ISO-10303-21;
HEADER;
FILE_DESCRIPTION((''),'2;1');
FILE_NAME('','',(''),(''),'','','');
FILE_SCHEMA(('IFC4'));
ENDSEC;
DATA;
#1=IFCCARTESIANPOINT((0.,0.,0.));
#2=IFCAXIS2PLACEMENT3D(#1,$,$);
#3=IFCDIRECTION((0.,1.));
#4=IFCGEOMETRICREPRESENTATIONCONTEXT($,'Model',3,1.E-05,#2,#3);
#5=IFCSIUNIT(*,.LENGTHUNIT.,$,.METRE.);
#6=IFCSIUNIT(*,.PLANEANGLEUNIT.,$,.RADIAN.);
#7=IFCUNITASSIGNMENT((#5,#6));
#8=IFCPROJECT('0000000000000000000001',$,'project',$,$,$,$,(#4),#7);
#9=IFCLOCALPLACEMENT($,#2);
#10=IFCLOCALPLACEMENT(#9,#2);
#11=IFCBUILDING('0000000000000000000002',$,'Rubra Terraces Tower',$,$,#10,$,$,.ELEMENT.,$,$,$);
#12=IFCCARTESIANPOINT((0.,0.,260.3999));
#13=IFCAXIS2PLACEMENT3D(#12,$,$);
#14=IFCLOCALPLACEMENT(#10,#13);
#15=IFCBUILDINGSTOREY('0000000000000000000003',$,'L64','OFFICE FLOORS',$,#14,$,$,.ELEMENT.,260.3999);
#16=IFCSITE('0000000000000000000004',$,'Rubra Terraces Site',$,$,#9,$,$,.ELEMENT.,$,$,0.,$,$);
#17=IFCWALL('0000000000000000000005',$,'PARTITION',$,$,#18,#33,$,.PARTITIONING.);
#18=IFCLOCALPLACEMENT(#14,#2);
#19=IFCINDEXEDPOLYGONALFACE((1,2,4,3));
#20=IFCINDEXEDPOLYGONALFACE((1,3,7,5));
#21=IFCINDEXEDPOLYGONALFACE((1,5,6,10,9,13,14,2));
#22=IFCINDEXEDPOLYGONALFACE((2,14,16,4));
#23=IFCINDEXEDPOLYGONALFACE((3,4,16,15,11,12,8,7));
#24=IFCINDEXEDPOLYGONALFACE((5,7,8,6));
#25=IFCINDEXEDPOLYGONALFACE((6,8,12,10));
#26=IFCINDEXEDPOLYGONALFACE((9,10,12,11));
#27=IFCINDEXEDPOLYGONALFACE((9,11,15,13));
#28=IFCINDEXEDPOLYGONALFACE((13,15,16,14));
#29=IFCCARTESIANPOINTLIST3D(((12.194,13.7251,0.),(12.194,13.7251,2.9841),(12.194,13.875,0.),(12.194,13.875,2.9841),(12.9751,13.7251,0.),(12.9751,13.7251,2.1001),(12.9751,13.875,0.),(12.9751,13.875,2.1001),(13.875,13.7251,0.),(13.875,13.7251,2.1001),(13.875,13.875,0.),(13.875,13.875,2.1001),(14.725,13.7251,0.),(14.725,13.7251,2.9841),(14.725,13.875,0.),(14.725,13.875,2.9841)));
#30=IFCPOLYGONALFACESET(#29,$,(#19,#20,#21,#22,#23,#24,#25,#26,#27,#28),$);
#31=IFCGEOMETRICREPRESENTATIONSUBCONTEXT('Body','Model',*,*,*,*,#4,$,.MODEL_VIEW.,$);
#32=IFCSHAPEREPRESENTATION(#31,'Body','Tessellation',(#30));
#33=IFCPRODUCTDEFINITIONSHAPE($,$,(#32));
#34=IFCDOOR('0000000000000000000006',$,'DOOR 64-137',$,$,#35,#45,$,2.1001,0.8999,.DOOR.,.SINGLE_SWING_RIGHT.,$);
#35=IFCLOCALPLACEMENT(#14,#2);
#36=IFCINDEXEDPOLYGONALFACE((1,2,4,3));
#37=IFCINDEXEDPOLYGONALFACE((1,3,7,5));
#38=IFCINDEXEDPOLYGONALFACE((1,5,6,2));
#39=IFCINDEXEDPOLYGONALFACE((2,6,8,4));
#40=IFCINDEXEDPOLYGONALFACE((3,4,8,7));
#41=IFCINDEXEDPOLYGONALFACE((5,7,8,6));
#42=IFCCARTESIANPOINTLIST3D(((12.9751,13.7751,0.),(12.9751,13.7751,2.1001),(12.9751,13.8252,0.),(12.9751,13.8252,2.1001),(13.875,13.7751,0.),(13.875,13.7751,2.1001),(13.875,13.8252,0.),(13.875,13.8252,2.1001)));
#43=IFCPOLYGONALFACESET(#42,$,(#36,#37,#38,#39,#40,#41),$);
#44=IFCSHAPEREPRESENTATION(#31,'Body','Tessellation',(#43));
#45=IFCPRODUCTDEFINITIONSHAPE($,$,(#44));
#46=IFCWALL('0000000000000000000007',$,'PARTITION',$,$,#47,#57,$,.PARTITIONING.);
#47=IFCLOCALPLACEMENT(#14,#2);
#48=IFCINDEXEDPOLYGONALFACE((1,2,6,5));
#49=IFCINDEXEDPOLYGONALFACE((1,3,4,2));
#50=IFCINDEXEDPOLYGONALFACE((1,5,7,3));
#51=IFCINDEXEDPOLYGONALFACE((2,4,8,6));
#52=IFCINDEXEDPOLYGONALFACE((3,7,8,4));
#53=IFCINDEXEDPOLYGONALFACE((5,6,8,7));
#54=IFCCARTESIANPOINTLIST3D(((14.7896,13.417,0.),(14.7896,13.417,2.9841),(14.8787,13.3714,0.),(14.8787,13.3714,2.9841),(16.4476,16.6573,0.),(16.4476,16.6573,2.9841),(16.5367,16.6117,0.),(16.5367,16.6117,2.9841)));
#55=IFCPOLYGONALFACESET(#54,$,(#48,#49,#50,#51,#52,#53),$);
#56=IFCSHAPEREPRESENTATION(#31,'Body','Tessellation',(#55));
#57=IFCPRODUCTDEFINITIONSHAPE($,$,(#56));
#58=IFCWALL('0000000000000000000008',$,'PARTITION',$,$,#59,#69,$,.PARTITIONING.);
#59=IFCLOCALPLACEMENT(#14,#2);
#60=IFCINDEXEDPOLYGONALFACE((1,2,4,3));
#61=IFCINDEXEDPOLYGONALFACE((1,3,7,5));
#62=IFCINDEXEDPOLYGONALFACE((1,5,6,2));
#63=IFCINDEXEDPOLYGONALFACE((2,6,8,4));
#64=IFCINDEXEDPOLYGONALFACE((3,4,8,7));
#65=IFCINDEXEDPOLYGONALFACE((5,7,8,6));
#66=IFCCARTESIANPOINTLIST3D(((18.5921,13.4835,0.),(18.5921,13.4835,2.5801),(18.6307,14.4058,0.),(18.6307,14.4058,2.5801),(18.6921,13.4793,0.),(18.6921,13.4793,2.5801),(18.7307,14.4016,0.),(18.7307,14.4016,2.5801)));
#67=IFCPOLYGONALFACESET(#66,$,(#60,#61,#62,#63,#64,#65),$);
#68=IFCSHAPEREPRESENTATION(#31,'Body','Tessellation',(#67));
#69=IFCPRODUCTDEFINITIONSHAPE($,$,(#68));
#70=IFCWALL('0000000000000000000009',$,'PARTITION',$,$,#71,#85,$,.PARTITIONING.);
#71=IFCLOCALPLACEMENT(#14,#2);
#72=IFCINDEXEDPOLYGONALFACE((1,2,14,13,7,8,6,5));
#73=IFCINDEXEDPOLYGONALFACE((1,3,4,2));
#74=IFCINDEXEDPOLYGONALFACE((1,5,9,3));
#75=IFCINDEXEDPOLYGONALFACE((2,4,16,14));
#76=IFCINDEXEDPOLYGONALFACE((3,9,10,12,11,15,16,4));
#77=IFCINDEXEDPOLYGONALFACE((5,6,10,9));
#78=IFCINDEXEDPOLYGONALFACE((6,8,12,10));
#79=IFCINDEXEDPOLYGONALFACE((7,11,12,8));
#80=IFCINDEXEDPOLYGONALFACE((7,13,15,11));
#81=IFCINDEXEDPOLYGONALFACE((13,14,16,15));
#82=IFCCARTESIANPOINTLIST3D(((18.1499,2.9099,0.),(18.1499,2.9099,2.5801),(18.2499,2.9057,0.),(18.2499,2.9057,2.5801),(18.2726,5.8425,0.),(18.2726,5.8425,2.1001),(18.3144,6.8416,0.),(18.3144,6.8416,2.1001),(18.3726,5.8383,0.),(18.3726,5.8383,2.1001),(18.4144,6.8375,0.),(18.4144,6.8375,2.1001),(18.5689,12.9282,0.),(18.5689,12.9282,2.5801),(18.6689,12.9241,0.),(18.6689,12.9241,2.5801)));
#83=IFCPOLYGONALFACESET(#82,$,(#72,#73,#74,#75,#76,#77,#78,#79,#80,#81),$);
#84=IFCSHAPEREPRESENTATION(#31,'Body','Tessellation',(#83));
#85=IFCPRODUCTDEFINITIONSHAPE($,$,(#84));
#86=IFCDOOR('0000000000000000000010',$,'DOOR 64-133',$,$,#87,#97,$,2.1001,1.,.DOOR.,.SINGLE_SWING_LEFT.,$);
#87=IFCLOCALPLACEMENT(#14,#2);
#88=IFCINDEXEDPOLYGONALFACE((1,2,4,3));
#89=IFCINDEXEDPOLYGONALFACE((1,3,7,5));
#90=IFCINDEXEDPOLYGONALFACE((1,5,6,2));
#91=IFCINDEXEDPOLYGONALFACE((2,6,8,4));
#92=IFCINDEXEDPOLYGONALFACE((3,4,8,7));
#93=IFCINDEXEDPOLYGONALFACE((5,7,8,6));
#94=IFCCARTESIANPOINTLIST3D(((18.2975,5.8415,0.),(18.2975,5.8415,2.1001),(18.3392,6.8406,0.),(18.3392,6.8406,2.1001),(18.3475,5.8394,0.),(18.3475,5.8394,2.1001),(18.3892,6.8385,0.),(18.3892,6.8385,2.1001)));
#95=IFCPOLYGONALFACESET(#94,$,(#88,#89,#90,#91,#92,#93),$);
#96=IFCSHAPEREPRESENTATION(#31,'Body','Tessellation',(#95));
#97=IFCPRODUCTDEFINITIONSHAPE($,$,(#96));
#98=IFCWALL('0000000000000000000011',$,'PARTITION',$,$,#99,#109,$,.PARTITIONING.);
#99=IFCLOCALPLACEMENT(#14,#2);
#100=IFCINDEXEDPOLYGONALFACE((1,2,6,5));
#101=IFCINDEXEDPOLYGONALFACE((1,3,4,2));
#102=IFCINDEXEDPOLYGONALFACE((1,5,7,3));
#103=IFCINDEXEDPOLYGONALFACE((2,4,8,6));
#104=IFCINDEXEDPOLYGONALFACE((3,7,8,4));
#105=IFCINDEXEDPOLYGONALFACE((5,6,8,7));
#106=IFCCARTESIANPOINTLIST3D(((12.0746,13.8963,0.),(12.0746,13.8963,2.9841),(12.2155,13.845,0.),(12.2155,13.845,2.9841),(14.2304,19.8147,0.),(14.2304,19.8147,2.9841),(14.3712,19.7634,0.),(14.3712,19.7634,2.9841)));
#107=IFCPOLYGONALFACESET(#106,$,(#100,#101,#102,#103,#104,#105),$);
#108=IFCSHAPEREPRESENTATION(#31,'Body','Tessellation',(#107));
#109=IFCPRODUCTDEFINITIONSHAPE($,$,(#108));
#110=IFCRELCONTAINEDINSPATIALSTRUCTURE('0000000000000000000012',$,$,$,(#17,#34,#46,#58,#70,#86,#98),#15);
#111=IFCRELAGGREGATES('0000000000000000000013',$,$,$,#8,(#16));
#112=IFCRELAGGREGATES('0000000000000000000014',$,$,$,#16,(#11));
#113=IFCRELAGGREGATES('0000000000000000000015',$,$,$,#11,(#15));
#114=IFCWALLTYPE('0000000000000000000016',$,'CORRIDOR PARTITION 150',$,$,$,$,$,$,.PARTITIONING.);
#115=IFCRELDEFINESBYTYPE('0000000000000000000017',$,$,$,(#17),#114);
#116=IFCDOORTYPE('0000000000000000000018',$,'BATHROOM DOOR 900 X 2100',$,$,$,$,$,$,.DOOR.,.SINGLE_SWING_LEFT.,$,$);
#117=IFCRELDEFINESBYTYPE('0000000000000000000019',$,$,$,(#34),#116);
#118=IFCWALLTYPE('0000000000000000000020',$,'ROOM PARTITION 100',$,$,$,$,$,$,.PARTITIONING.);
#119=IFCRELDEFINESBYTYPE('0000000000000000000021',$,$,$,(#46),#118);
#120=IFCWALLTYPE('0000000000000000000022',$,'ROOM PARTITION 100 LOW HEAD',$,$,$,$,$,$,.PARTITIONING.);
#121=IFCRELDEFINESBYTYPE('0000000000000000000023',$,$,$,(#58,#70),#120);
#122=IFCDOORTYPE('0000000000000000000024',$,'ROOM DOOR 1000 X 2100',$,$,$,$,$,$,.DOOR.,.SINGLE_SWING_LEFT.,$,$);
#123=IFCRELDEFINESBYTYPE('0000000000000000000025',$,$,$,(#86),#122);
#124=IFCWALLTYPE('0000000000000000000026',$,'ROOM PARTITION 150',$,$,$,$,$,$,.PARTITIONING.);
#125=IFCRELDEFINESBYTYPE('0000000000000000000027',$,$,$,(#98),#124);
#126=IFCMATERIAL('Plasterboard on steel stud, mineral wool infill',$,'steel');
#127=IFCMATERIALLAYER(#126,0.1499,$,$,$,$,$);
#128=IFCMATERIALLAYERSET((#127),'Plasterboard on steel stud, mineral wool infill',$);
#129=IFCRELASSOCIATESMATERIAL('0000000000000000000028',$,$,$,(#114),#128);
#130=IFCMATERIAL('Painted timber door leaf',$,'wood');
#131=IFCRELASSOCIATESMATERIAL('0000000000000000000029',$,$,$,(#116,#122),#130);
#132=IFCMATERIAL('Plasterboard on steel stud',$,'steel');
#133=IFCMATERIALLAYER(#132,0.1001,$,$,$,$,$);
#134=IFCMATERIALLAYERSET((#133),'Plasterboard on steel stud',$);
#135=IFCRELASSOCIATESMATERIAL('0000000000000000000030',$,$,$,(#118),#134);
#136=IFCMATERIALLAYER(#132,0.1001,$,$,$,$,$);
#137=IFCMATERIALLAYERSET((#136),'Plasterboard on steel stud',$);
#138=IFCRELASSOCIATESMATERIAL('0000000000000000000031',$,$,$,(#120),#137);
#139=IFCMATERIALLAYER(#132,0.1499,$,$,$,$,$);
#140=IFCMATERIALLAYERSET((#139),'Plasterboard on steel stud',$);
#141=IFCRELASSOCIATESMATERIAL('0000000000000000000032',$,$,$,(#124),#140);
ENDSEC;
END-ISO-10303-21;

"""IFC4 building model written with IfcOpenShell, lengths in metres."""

from ifc_helpers import new_model, si_unit, direction, frame, frame_2d, origin, place, context, subcontext, project, spatial, rectangle, extrude, material, layer, layer_set, type_object, element, fill, save


model = new_model("IFC4")

# Units and contexts
model_context = context("Model", 3, precision=1e-05, world=origin(), true_north=direction((0.0, 1.0)))
body_context = subcontext(model_context, "Body", "Model", "MODEL_VIEW")
ifc_project = project(units=[si_unit("LENGTHUNIT", "METRE"), si_unit("PLANEANGLEUNIT", "RADIAN")], contexts=[model_context])

# Site, building, storey
site_placement = place(None, origin())
site = spatial("IfcSite", under=ifc_project, at=site_placement, Name="Rubra Terraces Site", CompositionType="ELEMENT", RefElevation=0.0)
building_placement = place(site_placement, origin())
building = spatial("IfcBuilding", under=site, at=building_placement, Name="Rubra Terraces Tower", CompositionType="ELEMENT")
storey_placement = place(building_placement, frame((0.0, 0.0, 260.3999)))
storey = spatial("IfcBuildingStorey", under=building, at=storey_placement, Name="L64", Description="OFFICE FLOORS", CompositionType="ELEMENT", Elevation=260.3999)

# Wall, opening, door
ifc_material_1 = material(Name="Plasterboard on steel stud, mineral wool infill", Category="steel")
ifc_layer_1 = layer(ifc_material_1, 0.1499)
ifc_layer_set_1 = layer_set([ifc_layer_1], Name="Plasterboard on steel stud, mineral wool infill")
wall_type_1 = type_object("IfcWallType", Name="CORRIDOR PARTITION 150", PredefinedType="PARTITIONING", material=ifc_layer_set_1)
wall_1_placement = place(storey_placement, frame((14.7251, 13.8, 0.0), z_axis=(0.0, 0.0, 1.0), x_axis=(-1.0, 0.0, 0.0)))
wall_1 = element("IfcWall", 1, at=wall_1_placement, inside=storey, type_object=wall_type_1, Name="PARTITION", PredefinedType="PARTITIONING", context=body_context, shape_type="SweptSolid", body=[
    extrude(rectangle(XDim=2.531, YDim=0.1499, at=frame_2d((1.2656, 0.0))), origin(), (0.0, 0.0, 1.0), 2.9841),
])
opening_1_placement = place(wall_1_placement, frame((0.8501, 0.0, 0.0)))
opening_1 = element("IfcOpeningElement", 2, at=opening_1_placement, cuts=wall_1, PredefinedType="OPENING", context=body_context, shape_type="SweptSolid", body=[
    extrude(rectangle(XDim=0.8999, YDim=2.1001, at=frame_2d((0.45, 1.05))), frame((0.0, 0.085, 0.0), z_axis=(0.0, -1.0, 0.0), x_axis=(1.0, 0.0, 0.0)), (0.0, 0.0, 1.0), 0.1699),
])
ifc_material_2 = material(Name="Painted timber door leaf", Category="wood")
door_type_1 = type_object("IfcDoorType", Name="BATHROOM DOOR 900 X 2100", OperationType="SINGLE_SWING_LEFT", PredefinedType="DOOR", material=ifc_material_2)
door_1_placement = place(opening_1_placement, origin())
door_1 = element("IfcDoor", 3, at=door_1_placement, inside=storey, type_object=door_type_1, Name="DOOR 64-137", OperationType="SINGLE_SWING_RIGHT", OverallHeight=2.1001, OverallWidth=0.8999, PredefinedType="DOOR", context=body_context, shape_type="SweptSolid", body=[
    extrude(rectangle(XDim=0.8999, YDim=2.1001, at=frame_2d((0.45, 1.05))), frame((0.0, 0.0249, 0.0), z_axis=(0.0, -1.0, 0.0), x_axis=(1.0, 0.0, 0.0)), (0.0, 0.0, 1.0), 0.05),
])
fill(opening_1, door_1)

# Walls
ifc_material_3 = material(Name="Plasterboard on steel stud", Category="steel")
ifc_layer_2 = layer(ifc_material_3, 0.1001)
ifc_layer_set_2 = layer_set([ifc_layer_2], Name="Plasterboard on steel stud")
wall_type_2 = type_object("IfcWallType", Name="ROOM PARTITION 100", PredefinedType="PARTITIONING", material=ifc_layer_set_2)
wall_2_placement = place(storey_placement, frame((14.8342, 13.3943, 0.0), z_axis=(0.0, 0.0, 1.0), x_axis=(0.455512, 0.89023, 0.0)))
element("IfcWall", 4, at=wall_2_placement, inside=storey, type_object=wall_type_2, Name="PARTITION", PredefinedType="PARTITIONING", context=body_context, shape_type="SweptSolid", body=[
    extrude(rectangle(XDim=3.6399, YDim=0.1001, at=frame_2d((1.8198, 0.0))), origin(), (0.0, 0.0, 1.0), 2.9841),
])
ifc_layer_3 = layer(ifc_material_3, 0.1001)
ifc_layer_set_3 = layer_set([ifc_layer_3], Name="Plasterboard on steel stud")
wall_type_3 = type_object("IfcWallType", Name="ROOM PARTITION 100 LOW HEAD", PredefinedType="PARTITIONING", material=ifc_layer_set_3)
wall_3_placement = place(storey_placement, frame((18.6807, 14.4036, 0.0), z_axis=(0.0, 0.0, 1.0), x_axis=(-0.041785, -0.999127, 0.0)))
element("IfcWall", 5, at=wall_3_placement, inside=storey, type_object=wall_type_3, Name="PARTITION", PredefinedType="PARTITIONING", context=body_context, shape_type="SweptSolid", body=[
    extrude(rectangle(XDim=0.9231, YDim=0.1001, at=frame_2d((0.4614, 0.0))), origin(), (0.0, 0.0, 1.0), 2.5801),
])

# Wall, opening, door
wall_4_placement = place(storey_placement, frame((18.6189, 12.9263, 0.0), z_axis=(0.0, 0.0, 1.0), x_axis=(-0.041781, -0.999127, 0.0)))
wall_4 = element("IfcWall", 6, at=wall_4_placement, inside=storey, type_object=wall_type_3, Name="PARTITION", PredefinedType="PARTITIONING", context=body_context, shape_type="SweptSolid", body=[
    extrude(rectangle(XDim=10.0271, YDim=0.1001, at=frame_2d((5.0137, 0.0))), origin(), (0.0, 0.0, 1.0), 2.5801),
])
opening_2_placement = place(wall_4_placement, frame((6.092, 0.0, 0.0)))
opening_2 = element("IfcOpeningElement", 7, at=opening_2_placement, cuts=wall_4, PredefinedType="OPENING", context=body_context, shape_type="SweptSolid", body=[
    extrude(rectangle(XDim=1.0, YDim=2.1001, at=frame_2d((0.5, 1.05))), frame((0.0, 0.0601, 0.0), z_axis=(0.0, -1.0, 0.0), x_axis=(1.0, 0.0, 0.0)), (0.0, 0.0, 1.0), 0.1201),
])
door_type_2 = type_object("IfcDoorType", Name="ROOM DOOR 1000 X 2100", OperationType="SINGLE_SWING_LEFT", PredefinedType="DOOR", material=ifc_material_2)
door_2_placement = place(opening_2_placement, origin())
door_2 = element("IfcDoor", 8, at=door_2_placement, inside=storey, type_object=door_type_2, Name="DOOR 64-133", OperationType="SINGLE_SWING_LEFT", OverallHeight=2.1001, OverallWidth=1.0, PredefinedType="DOOR", context=body_context, shape_type="SweptSolid", body=[
    extrude(rectangle(XDim=1.0, YDim=2.1001, at=frame_2d((0.5, 1.05))), frame((0.0, 0.0249, 0.0), z_axis=(0.0, -1.0, 0.0), x_axis=(1.0, 0.0, 0.0)), (0.0, 0.0, 1.0), 0.05),
])
fill(opening_2, door_2)

# Wall
ifc_layer_4 = layer(ifc_material_3, 0.1499)
ifc_layer_set_4 = layer_set([ifc_layer_4], Name="Plasterboard on steel stud")
wall_type_4 = type_object("IfcWallType", Name="ROOM PARTITION 150", PredefinedType="PARTITIONING", material=ifc_layer_set_4)
wall_5_placement = place(storey_placement, frame((14.3008, 19.7891, 0.0), z_axis=(0.0, 0.0, 1.0), x_axis=(-0.342247, -0.93961, 0.0)))
element("IfcWall", 9, at=wall_5_placement, inside=storey, type_object=wall_type_4, Name="PARTITION", PredefinedType="PARTITIONING", context=body_context, shape_type="SweptSolid", body=[
    extrude(rectangle(XDim=6.2988, YDim=0.1499, at=frame_2d((3.1494, 0.0))), origin(), (0.0, 0.0, 1.0), 2.9841),
])

save(model, "model.ifc")
